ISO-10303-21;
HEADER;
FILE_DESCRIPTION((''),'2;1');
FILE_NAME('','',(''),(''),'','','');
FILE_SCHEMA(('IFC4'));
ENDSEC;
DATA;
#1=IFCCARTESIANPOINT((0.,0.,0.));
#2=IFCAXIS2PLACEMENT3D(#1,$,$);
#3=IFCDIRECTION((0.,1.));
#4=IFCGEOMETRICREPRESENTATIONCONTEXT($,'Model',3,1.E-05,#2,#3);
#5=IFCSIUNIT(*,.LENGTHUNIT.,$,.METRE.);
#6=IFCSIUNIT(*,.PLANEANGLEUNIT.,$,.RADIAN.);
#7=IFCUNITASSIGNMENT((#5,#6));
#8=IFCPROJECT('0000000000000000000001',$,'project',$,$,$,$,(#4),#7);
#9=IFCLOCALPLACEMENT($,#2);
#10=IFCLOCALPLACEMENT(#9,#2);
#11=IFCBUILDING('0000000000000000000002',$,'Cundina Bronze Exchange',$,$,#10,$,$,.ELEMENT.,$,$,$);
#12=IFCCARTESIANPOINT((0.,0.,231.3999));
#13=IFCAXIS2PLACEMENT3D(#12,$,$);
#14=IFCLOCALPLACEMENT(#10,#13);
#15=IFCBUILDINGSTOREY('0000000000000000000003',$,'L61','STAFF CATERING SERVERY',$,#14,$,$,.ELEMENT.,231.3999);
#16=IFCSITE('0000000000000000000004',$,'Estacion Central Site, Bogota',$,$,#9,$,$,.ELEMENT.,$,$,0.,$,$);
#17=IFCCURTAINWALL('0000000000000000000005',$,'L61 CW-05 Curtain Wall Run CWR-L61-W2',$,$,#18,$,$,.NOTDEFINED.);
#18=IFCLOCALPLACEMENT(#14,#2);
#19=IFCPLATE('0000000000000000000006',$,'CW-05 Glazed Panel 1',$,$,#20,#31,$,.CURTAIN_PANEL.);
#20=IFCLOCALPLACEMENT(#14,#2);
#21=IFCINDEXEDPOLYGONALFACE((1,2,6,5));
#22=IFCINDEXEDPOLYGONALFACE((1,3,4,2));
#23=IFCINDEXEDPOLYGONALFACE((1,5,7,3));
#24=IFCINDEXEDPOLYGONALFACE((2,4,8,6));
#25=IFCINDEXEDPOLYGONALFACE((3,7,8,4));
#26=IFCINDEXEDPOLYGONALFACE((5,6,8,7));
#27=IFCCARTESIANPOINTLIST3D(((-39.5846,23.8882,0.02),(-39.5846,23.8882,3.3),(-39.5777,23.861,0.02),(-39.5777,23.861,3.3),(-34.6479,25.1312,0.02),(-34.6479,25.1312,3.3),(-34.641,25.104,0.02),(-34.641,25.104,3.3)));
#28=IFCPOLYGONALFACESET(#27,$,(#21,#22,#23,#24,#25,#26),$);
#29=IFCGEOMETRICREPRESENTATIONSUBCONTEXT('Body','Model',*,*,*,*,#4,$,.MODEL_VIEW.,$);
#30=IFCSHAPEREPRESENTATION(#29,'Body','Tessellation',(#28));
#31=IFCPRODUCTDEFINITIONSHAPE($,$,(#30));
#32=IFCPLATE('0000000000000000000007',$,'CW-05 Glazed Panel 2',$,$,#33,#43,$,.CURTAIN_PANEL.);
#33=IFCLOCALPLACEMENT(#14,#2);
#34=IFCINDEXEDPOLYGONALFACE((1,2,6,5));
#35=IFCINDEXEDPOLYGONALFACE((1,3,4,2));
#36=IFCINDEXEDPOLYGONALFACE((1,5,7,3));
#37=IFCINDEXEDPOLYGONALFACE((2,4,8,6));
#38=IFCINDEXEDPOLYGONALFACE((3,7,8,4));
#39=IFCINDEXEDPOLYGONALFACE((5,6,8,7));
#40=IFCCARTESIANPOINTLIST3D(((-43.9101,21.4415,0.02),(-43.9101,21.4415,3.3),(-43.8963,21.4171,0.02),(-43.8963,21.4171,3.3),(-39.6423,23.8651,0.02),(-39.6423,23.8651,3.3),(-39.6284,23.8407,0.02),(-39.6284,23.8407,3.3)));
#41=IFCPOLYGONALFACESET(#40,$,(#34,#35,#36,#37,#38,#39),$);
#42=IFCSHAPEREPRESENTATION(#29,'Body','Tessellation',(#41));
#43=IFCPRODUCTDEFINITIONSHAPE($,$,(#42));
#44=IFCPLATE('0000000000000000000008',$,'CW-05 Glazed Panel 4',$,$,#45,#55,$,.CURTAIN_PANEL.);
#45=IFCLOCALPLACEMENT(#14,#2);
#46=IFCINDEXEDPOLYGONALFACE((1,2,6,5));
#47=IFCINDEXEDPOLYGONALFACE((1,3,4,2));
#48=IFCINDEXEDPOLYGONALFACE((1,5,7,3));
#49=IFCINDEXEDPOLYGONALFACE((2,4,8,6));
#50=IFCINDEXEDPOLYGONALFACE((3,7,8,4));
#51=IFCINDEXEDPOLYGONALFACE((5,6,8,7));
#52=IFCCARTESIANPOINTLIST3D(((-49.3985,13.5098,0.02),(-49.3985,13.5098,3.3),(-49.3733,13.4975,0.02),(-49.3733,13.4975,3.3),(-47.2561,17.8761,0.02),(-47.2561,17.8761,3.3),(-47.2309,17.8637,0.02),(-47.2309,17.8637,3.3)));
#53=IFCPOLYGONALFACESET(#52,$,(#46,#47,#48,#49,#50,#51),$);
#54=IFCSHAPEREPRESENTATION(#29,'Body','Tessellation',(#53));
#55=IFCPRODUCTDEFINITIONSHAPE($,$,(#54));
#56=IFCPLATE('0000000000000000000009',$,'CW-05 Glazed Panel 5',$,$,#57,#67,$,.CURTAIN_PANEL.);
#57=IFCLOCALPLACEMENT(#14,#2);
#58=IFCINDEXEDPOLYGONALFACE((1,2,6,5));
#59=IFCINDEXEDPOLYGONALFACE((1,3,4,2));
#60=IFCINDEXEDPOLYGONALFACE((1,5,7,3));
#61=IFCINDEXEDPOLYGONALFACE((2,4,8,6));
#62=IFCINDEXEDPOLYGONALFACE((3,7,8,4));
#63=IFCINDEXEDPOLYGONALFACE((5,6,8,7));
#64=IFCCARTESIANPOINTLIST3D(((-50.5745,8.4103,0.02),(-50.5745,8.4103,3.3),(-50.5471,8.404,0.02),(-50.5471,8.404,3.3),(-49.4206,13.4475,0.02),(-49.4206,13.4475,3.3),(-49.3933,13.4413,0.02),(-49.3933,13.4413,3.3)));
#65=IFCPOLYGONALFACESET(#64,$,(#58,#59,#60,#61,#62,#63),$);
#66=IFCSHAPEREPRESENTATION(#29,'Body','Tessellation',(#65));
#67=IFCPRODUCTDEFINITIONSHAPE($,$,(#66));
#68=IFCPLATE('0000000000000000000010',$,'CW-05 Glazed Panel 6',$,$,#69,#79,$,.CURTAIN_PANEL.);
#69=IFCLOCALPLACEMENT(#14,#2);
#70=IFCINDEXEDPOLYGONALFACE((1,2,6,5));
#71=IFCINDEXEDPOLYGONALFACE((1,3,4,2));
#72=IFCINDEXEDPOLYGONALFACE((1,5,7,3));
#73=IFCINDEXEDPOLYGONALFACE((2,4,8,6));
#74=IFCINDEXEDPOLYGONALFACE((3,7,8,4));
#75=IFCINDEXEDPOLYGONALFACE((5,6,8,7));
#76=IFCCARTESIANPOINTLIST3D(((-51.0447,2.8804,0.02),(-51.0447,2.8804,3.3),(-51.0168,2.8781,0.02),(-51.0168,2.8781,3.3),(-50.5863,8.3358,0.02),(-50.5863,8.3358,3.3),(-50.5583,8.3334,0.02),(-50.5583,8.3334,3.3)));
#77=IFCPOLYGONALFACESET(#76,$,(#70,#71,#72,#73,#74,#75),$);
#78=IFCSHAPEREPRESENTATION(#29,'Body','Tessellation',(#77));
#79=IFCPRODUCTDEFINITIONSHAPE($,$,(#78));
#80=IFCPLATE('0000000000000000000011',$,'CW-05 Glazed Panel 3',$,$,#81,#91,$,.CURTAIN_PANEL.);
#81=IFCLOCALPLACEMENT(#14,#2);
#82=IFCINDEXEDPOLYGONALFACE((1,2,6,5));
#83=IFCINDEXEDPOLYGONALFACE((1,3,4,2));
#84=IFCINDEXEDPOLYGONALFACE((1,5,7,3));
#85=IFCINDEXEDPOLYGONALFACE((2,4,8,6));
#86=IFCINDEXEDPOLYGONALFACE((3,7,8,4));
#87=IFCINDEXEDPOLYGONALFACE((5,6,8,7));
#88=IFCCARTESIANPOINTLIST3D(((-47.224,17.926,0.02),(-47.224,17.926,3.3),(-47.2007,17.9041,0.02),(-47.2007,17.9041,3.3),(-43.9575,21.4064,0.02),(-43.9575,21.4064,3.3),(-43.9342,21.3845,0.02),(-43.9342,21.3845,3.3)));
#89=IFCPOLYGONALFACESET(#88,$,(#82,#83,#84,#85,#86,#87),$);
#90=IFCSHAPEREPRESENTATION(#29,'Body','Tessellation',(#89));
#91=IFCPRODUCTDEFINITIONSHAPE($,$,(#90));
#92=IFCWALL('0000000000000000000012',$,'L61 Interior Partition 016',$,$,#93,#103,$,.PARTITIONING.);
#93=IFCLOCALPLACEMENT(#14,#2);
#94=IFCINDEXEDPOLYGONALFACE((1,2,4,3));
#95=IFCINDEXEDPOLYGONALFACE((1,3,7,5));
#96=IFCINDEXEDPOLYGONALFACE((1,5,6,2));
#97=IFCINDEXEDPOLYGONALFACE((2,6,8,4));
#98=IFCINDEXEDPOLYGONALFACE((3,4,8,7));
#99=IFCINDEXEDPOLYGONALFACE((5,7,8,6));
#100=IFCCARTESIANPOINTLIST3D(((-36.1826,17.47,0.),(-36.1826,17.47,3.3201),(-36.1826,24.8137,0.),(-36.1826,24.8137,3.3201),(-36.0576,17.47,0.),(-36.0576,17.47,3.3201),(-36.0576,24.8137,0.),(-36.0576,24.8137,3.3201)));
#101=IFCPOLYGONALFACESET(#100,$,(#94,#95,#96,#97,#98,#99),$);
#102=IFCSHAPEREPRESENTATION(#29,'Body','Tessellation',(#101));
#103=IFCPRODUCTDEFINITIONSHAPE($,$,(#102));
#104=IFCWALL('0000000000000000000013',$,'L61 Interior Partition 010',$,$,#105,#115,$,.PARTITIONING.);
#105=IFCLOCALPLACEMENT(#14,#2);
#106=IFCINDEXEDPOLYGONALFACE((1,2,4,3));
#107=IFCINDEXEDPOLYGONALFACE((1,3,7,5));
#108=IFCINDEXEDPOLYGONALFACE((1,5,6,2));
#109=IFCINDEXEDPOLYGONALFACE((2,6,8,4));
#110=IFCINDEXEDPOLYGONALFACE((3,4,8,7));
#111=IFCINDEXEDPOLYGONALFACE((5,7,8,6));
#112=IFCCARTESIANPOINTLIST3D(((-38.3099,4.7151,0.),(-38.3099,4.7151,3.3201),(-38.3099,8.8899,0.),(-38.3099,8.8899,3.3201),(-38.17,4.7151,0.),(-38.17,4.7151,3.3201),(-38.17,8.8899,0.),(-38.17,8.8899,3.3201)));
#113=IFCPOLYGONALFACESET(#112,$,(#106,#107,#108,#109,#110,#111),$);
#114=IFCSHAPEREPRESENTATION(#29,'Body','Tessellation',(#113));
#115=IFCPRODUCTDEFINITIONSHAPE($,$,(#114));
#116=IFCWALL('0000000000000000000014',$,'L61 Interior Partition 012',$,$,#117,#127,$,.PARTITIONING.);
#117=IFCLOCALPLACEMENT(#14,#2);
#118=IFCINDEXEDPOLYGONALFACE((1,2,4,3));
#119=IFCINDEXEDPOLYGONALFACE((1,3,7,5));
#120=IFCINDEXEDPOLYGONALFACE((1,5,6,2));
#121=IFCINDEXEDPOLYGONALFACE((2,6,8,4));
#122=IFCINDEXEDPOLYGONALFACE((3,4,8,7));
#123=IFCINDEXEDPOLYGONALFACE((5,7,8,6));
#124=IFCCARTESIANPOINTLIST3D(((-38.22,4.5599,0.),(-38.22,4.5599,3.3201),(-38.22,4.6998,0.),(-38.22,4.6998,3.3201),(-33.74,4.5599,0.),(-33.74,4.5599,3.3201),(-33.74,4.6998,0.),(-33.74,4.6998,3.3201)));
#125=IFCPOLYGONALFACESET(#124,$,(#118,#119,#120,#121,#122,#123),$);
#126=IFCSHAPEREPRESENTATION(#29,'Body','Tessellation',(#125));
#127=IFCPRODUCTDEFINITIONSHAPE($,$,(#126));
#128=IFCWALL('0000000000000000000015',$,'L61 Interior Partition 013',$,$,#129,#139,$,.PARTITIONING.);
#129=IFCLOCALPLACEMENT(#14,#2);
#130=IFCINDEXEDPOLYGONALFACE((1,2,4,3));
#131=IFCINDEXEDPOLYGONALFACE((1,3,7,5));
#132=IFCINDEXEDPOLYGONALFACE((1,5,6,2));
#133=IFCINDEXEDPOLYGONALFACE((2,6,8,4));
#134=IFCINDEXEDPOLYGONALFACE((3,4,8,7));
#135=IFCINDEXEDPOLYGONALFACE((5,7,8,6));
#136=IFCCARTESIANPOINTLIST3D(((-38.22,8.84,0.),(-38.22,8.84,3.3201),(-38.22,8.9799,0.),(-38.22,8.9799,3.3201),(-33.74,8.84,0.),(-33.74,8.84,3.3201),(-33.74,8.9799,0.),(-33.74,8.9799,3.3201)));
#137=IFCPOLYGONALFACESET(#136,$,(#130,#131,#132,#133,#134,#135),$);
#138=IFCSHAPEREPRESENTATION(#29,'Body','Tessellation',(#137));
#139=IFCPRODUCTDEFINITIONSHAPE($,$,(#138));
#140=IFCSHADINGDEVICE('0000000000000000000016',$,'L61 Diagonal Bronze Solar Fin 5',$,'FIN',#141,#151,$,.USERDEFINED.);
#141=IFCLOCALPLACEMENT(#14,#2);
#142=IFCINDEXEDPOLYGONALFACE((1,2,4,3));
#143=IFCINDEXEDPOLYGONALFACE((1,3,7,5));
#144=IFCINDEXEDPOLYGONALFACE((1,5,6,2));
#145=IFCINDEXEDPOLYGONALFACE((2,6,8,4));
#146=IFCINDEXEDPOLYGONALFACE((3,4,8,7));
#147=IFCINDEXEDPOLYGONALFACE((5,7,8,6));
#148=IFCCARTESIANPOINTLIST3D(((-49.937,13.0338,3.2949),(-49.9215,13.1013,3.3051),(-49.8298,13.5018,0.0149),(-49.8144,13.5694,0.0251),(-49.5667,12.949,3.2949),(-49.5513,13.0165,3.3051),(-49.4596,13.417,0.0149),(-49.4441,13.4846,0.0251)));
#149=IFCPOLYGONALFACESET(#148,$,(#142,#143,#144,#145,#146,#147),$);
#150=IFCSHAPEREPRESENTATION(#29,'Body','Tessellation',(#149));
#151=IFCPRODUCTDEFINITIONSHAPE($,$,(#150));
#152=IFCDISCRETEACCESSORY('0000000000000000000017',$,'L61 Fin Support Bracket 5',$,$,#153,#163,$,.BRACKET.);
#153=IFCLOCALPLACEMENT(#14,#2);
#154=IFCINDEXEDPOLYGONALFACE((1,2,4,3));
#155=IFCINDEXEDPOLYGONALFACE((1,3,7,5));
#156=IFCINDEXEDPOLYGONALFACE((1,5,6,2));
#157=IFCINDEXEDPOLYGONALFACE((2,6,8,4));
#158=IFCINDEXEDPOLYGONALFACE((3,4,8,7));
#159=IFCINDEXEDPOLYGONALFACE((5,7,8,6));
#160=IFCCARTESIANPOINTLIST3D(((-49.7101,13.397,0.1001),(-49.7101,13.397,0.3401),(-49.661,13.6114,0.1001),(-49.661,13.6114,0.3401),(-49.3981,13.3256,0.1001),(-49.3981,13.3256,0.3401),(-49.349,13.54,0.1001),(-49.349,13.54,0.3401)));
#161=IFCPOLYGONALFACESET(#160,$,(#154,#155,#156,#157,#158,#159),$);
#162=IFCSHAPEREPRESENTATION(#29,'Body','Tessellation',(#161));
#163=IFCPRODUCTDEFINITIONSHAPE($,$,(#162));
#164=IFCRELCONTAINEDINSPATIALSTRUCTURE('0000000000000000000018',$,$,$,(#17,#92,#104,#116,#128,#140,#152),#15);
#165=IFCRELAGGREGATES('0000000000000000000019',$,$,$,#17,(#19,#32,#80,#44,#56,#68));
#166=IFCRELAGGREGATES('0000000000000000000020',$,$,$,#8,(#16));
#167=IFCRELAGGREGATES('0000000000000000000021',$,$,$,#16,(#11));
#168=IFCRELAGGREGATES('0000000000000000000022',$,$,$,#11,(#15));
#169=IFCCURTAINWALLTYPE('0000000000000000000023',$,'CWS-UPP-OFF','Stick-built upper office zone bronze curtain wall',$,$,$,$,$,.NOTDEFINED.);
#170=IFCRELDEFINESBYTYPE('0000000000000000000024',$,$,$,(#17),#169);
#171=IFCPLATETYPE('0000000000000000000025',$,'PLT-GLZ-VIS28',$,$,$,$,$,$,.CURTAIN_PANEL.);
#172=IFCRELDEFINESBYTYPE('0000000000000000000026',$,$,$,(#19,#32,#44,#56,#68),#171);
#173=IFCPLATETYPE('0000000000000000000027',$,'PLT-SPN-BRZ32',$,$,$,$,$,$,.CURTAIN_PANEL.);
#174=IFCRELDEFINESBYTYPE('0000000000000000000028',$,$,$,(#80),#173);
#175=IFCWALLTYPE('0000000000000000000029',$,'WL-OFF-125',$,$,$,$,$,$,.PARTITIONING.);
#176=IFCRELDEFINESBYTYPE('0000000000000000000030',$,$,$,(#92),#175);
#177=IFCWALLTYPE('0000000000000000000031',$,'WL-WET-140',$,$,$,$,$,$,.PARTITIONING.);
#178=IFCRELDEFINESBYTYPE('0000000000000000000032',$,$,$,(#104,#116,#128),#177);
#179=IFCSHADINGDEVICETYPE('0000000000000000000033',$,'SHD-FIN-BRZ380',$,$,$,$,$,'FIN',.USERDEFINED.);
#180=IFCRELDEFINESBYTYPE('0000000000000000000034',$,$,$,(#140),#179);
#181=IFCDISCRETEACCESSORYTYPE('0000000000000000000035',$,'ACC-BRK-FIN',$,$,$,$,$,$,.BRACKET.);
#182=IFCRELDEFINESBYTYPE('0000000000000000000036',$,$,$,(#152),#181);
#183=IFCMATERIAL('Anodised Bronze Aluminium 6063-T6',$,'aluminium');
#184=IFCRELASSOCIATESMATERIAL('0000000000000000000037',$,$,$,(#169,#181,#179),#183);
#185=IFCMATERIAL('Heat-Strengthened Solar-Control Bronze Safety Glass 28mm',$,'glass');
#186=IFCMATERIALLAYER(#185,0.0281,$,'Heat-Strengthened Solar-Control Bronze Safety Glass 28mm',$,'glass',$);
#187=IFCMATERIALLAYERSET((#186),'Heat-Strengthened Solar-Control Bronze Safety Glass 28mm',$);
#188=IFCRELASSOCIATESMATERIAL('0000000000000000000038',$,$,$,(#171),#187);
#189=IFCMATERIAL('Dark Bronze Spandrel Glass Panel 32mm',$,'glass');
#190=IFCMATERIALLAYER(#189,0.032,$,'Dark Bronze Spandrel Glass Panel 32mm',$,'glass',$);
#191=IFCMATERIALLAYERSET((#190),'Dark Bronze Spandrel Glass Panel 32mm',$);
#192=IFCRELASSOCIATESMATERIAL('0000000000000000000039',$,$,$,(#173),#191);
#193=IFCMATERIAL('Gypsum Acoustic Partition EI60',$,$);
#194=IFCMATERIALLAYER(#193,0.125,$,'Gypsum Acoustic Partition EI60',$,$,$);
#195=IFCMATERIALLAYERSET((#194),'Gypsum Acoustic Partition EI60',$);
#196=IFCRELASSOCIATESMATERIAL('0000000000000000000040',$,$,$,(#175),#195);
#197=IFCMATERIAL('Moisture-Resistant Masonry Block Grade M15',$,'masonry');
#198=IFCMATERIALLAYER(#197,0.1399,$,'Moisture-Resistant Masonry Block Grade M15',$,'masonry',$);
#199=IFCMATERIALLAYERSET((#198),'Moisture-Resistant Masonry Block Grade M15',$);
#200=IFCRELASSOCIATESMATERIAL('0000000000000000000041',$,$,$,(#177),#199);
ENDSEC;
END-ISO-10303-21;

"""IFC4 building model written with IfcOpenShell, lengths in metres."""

from ifc_helpers import new_model, si_unit, direction, frame, frame_2d, origin, origin_2d, place, context, subcontext, project, spatial, rectangle, extrude, material, layer, layer_set, material_profile, profile_set, type_object, element, aggregate, save


model = new_model("IFC4")

# Units and contexts
model_context = context("Model", 3, precision=1e-05, world=origin(), true_north=direction((0.0, 1.0)))
body_context = subcontext(model_context, "Body", "Model", "MODEL_VIEW")
ifc_project = project(units=[si_unit("LENGTHUNIT", "METRE"), si_unit("PLANEANGLEUNIT", "RADIAN")], contexts=[model_context])

# Site, building, storey
site_placement = place(None, origin())
site = spatial("IfcSite", under=ifc_project, at=site_placement, Name="Estacion Central Site, Bogota", CompositionType="ELEMENT", RefElevation=0.0)
building_placement = place(site_placement, origin())
building = spatial("IfcBuilding", under=site, at=building_placement, Name="Cundina Bronze Exchange", CompositionType="ELEMENT")
storey_placement = place(building_placement, frame((0.0, 0.0, 231.3999)))
storey = spatial("IfcBuildingStorey", under=building, at=storey_placement, Name="L61", Description="STAFF CATERING SERVERY", CompositionType="ELEMENT", Elevation=231.3999)

# Curtain wall, plates
ifc_material_1 = material(Name="Anodised Bronze Aluminium 6063-T6", Category="aluminium")
curtain_wall_type = type_object("IfcCurtainWallType", Name="CWS-UPP-OFF", Description="Stick-built upper office zone bronze curtain wall", PredefinedType="NOTDEFINED", material=ifc_material_1)
curtain_wall_placement = place(storey_placement, origin())
curtain_wall = element("IfcCurtainWall", 1, at=curtain_wall_placement, inside=storey, type_object=curtain_wall_type, Name="L61 CW-05 Curtain Wall Run CWR-L61-W2", PredefinedType="NOTDEFINED")
ifc_material_2 = material(Name="Heat-Strengthened Solar-Control Bronze Safety Glass 28mm", Category="glass")
ifc_layer_1 = layer(ifc_material_2, 0.0281, Name="Heat-Strengthened Solar-Control Bronze Safety Glass 28mm", Category="glass")
ifc_layer_set_1 = layer_set([ifc_layer_1], Name="Heat-Strengthened Solar-Control Bronze Safety Glass 28mm")
plate_type_1 = type_object("IfcPlateType", Name="PLT-GLZ-VIS28", PredefinedType="CURTAIN_PANEL", material=ifc_layer_set_1)
plate_1_placement = place(storey_placement, frame((-37.1128, 24.4961, 0.02), z_axis=(0.0, 0.0, 1.0), x_axis=(-0.969732, -0.244174, 0.0)))
plate_1 = element("IfcPlate", 2, at=plate_1_placement, type_object=plate_type_1, Name="CW-05 Glazed Panel 1", PredefinedType="CURTAIN_PANEL", context=body_context, shape_type="SweptSolid", body=[
    extrude(rectangle(XDim=5.0908, YDim=0.0281, at=origin_2d()), origin(), (0.0, 0.0, 1.0), 3.28),
])
plate_2_placement = place(storey_placement, frame((-41.7693, 22.6411, 0.02), z_axis=(0.0, 0.0, 1.0), x_axis=(-0.869573, -0.493805, 0.0)))
plate_2 = element("IfcPlate", 3, at=plate_2_placement, type_object=plate_type_1, Name="CW-05 Glazed Panel 2", PredefinedType="CURTAIN_PANEL", context=body_context, shape_type="SweptSolid", body=[
    extrude(rectangle(XDim=4.908, YDim=0.0281, at=origin_2d()), origin(), (0.0, 0.0, 1.0), 3.28),
])
plate_3_placement = place(storey_placement, frame((-48.3147, 15.6868, 0.02), z_axis=(0.0, 0.0, 1.0), x_axis=(-0.440503, -0.897751, 0.0)))
plate_3 = element("IfcPlate", 4, at=plate_3_placement, type_object=plate_type_1, Name="CW-05 Glazed Panel 4", PredefinedType="CURTAIN_PANEL", context=body_context, shape_type="SweptSolid", body=[
    extrude(rectangle(XDim=4.8635, YDim=0.0281, at=origin_2d()), origin(), (0.0, 0.0, 1.0), 3.28),
])
plate_4_placement = place(storey_placement, frame((-49.9839, 10.9258, 0.02), z_axis=(0.0, 0.0, 1.0), x_axis=(-0.223284, -0.974753, 0.0)))
plate_4 = element("IfcPlate", 5, at=plate_4_placement, type_object=plate_type_1, Name="CW-05 Glazed Panel 5", PredefinedType="CURTAIN_PANEL", context=body_context, shape_type="SweptSolid", body=[
    extrude(rectangle(XDim=5.1677, YDim=0.0281, at=origin_2d()), origin(), (0.0, 0.0, 1.0), 3.28),
])
plate_5_placement = place(storey_placement, frame((-50.8015, 5.6069, 0.02), z_axis=(0.0, 0.0, 1.0), x_axis=(-0.083747, -0.996487, 0.0)))
plate_5 = element("IfcPlate", 6, at=plate_5_placement, type_object=plate_type_1, Name="CW-05 Glazed Panel 6", PredefinedType="CURTAIN_PANEL", context=body_context, shape_type="SweptSolid", body=[
    extrude(rectangle(XDim=5.4746, YDim=0.0281, at=origin_2d()), origin(), (0.0, 0.0, 1.0), 3.28),
])
ifc_material_3 = material(Name="Dark Bronze Spandrel Glass Panel 32mm", Category="glass")
ifc_layer_2 = layer(ifc_material_3, 0.032, Name="Dark Bronze Spandrel Glass Panel 32mm", Category="glass")
ifc_layer_set_2 = layer_set([ifc_layer_2], Name="Dark Bronze Spandrel Glass Panel 32mm")
plate_type_2 = type_object("IfcPlateType", Name="PLT-SPN-BRZ32", PredefinedType="CURTAIN_PANEL", material=ifc_layer_set_2)
plate_6_placement = place(storey_placement, frame((-45.5791, 19.6553, 0.02), z_axis=(0.0, 0.0, 1.0), x_axis=(-0.684344, -0.72916, 0.0)))
plate_6 = element("IfcPlate", 7, at=plate_6_placement, type_object=plate_type_2, Name="CW-05 Glazed Panel 3", PredefinedType="CURTAIN_PANEL", context=body_context, shape_type="SweptSolid", body=[
    extrude(rectangle(XDim=4.7732, YDim=0.032, at=origin_2d()), origin(), (0.0, 0.0, 1.0), 3.28),
])
aggregate(curtain_wall, [plate_1, plate_2, plate_6, plate_3, plate_4, plate_5])

# Walls
ifc_material_4 = material(Name="Gypsum Acoustic Partition EI60")
ifc_layer_3 = layer(ifc_material_4, 0.125, Name="Gypsum Acoustic Partition EI60")
ifc_layer_set_3 = layer_set([ifc_layer_3], Name="Gypsum Acoustic Partition EI60")
wall_type_1 = type_object("IfcWallType", Name="WL-OFF-125", PredefinedType="PARTITIONING", material=ifc_layer_set_3)
wall_1_placement = place(storey_placement, frame((-36.1201, 17.47, 0.0), z_axis=(0.0, 0.0, 1.0), x_axis=(0.0, 1.0, 0.0)))
element("IfcWall", 8, at=wall_1_placement, inside=storey, type_object=wall_type_1, Name="L61 Interior Partition 016", PredefinedType="PARTITIONING", context=body_context, shape_type="SweptSolid", body=[
    extrude(rectangle(XDim=7.3438, YDim=0.125, at=frame_2d((3.6719, 0.0))), origin(), (0.0, 0.0, 1.0), 3.3201),
])
ifc_material_5 = material(Name="Moisture-Resistant Masonry Block Grade M15", Category="masonry")
ifc_layer_4 = layer(ifc_material_5, 0.1399, Name="Moisture-Resistant Masonry Block Grade M15", Category="masonry")
ifc_layer_set_4 = layer_set([ifc_layer_4], Name="Moisture-Resistant Masonry Block Grade M15")
wall_type_2 = type_object("IfcWallType", Name="WL-WET-140", PredefinedType="PARTITIONING", material=ifc_layer_set_4)
wall_2_placement = place(storey_placement, frame((-38.24, 4.7151, 0.0), z_axis=(0.0, 0.0, 1.0), x_axis=(0.0, 1.0, 0.0)))
element("IfcWall", 9, at=wall_2_placement, inside=storey, type_object=wall_type_2, Name="L61 Interior Partition 010", PredefinedType="PARTITIONING", context=body_context, shape_type="SweptSolid", body=[
    extrude(rectangle(XDim=4.1748, YDim=0.1399, at=frame_2d((2.0874, 0.0))), origin(), (0.0, 0.0, 1.0), 3.3201),
])
for number, where, z_axis, x_axis, name in (
    (10, (-38.22, 4.6299, 0.0), (0.0, 0.0, 1.0), (1.0, 0.0, 0.0), "L61 Interior Partition 012"),
    (11, (-38.22, 8.9099, 0.0), (0.0, 0.0, 1.0), (1.0, 0.0, 0.0), "L61 Interior Partition 013"),
):
    element("IfcWall", number, at=place(storey_placement, frame(where, z_axis=z_axis, x_axis=x_axis)), inside=storey, type_object=wall_type_2, Name=name, PredefinedType="PARTITIONING", context=body_context, shape_type="SweptSolid", body=[
        extrude(rectangle(XDim=4.48, YDim=0.1399, at=frame_2d((2.24, 0.0))), origin(), (0.0, 0.0, 1.0), 3.3201),
    ])

# Shading device
ifc_material_profile_1 = material_profile(ifc_material_1, rectangle(XDim=0.0701, YDim=0.3799, at=origin_2d()), Name="FIN70X380", Category="aluminium")
ifc_profile_set_1 = profile_set([ifc_material_profile_1], Name="Anodised Bronze Aluminium 6063-T6")
shading_device_type = type_object("IfcShadingDeviceType", Name="SHD-FIN-BRZ380", ElementType="FIN", PredefinedType="USERDEFINED", material=ifc_profile_set_1)
shading_device_placement = place(storey_placement, frame((-49.637, 13.4932, 0.02), z_axis=(-0.032331, -0.141182, 0.989456), x_axis=(0.220871, 0.964488, 0.144837)))
element("IfcShadingDevice", 12, at=shading_device_placement, inside=storey, type_object=shading_device_type, Name="L61 Diagonal Bronze Solar Fin 5", ObjectType="FIN", PredefinedType="USERDEFINED", context=body_context, shape_type="SweptSolid", body=[
    extrude(rectangle(XDim=0.0701, YDim=0.3799, at=origin_2d()), origin(), (0.0, 0.0, 1.0), 3.3149),
])

# Discrete accessory
discrete_accessory_type = type_object("IfcDiscreteAccessoryType", Name="ACC-BRK-FIN", PredefinedType="BRACKET", material=ifc_material_1)
discrete_accessory_placement = place(storey_placement, frame((-49.5295, 13.4685, 0.1001), z_axis=(0.0, 0.0, 1.0), x_axis=(-0.223284, -0.974753, 0.0)))
element("IfcDiscreteAccessory", 13, at=discrete_accessory_placement, inside=storey, type_object=discrete_accessory_type, Name="L61 Fin Support Bracket 5", PredefinedType="BRACKET", context=body_context, shape_type="SweptSolid", body=[
    extrude(rectangle(XDim=0.22, YDim=0.3201, at=origin_2d()), origin(), (0.0, 0.0, 1.0), 0.24),
])

save(model, "model.ifc")
